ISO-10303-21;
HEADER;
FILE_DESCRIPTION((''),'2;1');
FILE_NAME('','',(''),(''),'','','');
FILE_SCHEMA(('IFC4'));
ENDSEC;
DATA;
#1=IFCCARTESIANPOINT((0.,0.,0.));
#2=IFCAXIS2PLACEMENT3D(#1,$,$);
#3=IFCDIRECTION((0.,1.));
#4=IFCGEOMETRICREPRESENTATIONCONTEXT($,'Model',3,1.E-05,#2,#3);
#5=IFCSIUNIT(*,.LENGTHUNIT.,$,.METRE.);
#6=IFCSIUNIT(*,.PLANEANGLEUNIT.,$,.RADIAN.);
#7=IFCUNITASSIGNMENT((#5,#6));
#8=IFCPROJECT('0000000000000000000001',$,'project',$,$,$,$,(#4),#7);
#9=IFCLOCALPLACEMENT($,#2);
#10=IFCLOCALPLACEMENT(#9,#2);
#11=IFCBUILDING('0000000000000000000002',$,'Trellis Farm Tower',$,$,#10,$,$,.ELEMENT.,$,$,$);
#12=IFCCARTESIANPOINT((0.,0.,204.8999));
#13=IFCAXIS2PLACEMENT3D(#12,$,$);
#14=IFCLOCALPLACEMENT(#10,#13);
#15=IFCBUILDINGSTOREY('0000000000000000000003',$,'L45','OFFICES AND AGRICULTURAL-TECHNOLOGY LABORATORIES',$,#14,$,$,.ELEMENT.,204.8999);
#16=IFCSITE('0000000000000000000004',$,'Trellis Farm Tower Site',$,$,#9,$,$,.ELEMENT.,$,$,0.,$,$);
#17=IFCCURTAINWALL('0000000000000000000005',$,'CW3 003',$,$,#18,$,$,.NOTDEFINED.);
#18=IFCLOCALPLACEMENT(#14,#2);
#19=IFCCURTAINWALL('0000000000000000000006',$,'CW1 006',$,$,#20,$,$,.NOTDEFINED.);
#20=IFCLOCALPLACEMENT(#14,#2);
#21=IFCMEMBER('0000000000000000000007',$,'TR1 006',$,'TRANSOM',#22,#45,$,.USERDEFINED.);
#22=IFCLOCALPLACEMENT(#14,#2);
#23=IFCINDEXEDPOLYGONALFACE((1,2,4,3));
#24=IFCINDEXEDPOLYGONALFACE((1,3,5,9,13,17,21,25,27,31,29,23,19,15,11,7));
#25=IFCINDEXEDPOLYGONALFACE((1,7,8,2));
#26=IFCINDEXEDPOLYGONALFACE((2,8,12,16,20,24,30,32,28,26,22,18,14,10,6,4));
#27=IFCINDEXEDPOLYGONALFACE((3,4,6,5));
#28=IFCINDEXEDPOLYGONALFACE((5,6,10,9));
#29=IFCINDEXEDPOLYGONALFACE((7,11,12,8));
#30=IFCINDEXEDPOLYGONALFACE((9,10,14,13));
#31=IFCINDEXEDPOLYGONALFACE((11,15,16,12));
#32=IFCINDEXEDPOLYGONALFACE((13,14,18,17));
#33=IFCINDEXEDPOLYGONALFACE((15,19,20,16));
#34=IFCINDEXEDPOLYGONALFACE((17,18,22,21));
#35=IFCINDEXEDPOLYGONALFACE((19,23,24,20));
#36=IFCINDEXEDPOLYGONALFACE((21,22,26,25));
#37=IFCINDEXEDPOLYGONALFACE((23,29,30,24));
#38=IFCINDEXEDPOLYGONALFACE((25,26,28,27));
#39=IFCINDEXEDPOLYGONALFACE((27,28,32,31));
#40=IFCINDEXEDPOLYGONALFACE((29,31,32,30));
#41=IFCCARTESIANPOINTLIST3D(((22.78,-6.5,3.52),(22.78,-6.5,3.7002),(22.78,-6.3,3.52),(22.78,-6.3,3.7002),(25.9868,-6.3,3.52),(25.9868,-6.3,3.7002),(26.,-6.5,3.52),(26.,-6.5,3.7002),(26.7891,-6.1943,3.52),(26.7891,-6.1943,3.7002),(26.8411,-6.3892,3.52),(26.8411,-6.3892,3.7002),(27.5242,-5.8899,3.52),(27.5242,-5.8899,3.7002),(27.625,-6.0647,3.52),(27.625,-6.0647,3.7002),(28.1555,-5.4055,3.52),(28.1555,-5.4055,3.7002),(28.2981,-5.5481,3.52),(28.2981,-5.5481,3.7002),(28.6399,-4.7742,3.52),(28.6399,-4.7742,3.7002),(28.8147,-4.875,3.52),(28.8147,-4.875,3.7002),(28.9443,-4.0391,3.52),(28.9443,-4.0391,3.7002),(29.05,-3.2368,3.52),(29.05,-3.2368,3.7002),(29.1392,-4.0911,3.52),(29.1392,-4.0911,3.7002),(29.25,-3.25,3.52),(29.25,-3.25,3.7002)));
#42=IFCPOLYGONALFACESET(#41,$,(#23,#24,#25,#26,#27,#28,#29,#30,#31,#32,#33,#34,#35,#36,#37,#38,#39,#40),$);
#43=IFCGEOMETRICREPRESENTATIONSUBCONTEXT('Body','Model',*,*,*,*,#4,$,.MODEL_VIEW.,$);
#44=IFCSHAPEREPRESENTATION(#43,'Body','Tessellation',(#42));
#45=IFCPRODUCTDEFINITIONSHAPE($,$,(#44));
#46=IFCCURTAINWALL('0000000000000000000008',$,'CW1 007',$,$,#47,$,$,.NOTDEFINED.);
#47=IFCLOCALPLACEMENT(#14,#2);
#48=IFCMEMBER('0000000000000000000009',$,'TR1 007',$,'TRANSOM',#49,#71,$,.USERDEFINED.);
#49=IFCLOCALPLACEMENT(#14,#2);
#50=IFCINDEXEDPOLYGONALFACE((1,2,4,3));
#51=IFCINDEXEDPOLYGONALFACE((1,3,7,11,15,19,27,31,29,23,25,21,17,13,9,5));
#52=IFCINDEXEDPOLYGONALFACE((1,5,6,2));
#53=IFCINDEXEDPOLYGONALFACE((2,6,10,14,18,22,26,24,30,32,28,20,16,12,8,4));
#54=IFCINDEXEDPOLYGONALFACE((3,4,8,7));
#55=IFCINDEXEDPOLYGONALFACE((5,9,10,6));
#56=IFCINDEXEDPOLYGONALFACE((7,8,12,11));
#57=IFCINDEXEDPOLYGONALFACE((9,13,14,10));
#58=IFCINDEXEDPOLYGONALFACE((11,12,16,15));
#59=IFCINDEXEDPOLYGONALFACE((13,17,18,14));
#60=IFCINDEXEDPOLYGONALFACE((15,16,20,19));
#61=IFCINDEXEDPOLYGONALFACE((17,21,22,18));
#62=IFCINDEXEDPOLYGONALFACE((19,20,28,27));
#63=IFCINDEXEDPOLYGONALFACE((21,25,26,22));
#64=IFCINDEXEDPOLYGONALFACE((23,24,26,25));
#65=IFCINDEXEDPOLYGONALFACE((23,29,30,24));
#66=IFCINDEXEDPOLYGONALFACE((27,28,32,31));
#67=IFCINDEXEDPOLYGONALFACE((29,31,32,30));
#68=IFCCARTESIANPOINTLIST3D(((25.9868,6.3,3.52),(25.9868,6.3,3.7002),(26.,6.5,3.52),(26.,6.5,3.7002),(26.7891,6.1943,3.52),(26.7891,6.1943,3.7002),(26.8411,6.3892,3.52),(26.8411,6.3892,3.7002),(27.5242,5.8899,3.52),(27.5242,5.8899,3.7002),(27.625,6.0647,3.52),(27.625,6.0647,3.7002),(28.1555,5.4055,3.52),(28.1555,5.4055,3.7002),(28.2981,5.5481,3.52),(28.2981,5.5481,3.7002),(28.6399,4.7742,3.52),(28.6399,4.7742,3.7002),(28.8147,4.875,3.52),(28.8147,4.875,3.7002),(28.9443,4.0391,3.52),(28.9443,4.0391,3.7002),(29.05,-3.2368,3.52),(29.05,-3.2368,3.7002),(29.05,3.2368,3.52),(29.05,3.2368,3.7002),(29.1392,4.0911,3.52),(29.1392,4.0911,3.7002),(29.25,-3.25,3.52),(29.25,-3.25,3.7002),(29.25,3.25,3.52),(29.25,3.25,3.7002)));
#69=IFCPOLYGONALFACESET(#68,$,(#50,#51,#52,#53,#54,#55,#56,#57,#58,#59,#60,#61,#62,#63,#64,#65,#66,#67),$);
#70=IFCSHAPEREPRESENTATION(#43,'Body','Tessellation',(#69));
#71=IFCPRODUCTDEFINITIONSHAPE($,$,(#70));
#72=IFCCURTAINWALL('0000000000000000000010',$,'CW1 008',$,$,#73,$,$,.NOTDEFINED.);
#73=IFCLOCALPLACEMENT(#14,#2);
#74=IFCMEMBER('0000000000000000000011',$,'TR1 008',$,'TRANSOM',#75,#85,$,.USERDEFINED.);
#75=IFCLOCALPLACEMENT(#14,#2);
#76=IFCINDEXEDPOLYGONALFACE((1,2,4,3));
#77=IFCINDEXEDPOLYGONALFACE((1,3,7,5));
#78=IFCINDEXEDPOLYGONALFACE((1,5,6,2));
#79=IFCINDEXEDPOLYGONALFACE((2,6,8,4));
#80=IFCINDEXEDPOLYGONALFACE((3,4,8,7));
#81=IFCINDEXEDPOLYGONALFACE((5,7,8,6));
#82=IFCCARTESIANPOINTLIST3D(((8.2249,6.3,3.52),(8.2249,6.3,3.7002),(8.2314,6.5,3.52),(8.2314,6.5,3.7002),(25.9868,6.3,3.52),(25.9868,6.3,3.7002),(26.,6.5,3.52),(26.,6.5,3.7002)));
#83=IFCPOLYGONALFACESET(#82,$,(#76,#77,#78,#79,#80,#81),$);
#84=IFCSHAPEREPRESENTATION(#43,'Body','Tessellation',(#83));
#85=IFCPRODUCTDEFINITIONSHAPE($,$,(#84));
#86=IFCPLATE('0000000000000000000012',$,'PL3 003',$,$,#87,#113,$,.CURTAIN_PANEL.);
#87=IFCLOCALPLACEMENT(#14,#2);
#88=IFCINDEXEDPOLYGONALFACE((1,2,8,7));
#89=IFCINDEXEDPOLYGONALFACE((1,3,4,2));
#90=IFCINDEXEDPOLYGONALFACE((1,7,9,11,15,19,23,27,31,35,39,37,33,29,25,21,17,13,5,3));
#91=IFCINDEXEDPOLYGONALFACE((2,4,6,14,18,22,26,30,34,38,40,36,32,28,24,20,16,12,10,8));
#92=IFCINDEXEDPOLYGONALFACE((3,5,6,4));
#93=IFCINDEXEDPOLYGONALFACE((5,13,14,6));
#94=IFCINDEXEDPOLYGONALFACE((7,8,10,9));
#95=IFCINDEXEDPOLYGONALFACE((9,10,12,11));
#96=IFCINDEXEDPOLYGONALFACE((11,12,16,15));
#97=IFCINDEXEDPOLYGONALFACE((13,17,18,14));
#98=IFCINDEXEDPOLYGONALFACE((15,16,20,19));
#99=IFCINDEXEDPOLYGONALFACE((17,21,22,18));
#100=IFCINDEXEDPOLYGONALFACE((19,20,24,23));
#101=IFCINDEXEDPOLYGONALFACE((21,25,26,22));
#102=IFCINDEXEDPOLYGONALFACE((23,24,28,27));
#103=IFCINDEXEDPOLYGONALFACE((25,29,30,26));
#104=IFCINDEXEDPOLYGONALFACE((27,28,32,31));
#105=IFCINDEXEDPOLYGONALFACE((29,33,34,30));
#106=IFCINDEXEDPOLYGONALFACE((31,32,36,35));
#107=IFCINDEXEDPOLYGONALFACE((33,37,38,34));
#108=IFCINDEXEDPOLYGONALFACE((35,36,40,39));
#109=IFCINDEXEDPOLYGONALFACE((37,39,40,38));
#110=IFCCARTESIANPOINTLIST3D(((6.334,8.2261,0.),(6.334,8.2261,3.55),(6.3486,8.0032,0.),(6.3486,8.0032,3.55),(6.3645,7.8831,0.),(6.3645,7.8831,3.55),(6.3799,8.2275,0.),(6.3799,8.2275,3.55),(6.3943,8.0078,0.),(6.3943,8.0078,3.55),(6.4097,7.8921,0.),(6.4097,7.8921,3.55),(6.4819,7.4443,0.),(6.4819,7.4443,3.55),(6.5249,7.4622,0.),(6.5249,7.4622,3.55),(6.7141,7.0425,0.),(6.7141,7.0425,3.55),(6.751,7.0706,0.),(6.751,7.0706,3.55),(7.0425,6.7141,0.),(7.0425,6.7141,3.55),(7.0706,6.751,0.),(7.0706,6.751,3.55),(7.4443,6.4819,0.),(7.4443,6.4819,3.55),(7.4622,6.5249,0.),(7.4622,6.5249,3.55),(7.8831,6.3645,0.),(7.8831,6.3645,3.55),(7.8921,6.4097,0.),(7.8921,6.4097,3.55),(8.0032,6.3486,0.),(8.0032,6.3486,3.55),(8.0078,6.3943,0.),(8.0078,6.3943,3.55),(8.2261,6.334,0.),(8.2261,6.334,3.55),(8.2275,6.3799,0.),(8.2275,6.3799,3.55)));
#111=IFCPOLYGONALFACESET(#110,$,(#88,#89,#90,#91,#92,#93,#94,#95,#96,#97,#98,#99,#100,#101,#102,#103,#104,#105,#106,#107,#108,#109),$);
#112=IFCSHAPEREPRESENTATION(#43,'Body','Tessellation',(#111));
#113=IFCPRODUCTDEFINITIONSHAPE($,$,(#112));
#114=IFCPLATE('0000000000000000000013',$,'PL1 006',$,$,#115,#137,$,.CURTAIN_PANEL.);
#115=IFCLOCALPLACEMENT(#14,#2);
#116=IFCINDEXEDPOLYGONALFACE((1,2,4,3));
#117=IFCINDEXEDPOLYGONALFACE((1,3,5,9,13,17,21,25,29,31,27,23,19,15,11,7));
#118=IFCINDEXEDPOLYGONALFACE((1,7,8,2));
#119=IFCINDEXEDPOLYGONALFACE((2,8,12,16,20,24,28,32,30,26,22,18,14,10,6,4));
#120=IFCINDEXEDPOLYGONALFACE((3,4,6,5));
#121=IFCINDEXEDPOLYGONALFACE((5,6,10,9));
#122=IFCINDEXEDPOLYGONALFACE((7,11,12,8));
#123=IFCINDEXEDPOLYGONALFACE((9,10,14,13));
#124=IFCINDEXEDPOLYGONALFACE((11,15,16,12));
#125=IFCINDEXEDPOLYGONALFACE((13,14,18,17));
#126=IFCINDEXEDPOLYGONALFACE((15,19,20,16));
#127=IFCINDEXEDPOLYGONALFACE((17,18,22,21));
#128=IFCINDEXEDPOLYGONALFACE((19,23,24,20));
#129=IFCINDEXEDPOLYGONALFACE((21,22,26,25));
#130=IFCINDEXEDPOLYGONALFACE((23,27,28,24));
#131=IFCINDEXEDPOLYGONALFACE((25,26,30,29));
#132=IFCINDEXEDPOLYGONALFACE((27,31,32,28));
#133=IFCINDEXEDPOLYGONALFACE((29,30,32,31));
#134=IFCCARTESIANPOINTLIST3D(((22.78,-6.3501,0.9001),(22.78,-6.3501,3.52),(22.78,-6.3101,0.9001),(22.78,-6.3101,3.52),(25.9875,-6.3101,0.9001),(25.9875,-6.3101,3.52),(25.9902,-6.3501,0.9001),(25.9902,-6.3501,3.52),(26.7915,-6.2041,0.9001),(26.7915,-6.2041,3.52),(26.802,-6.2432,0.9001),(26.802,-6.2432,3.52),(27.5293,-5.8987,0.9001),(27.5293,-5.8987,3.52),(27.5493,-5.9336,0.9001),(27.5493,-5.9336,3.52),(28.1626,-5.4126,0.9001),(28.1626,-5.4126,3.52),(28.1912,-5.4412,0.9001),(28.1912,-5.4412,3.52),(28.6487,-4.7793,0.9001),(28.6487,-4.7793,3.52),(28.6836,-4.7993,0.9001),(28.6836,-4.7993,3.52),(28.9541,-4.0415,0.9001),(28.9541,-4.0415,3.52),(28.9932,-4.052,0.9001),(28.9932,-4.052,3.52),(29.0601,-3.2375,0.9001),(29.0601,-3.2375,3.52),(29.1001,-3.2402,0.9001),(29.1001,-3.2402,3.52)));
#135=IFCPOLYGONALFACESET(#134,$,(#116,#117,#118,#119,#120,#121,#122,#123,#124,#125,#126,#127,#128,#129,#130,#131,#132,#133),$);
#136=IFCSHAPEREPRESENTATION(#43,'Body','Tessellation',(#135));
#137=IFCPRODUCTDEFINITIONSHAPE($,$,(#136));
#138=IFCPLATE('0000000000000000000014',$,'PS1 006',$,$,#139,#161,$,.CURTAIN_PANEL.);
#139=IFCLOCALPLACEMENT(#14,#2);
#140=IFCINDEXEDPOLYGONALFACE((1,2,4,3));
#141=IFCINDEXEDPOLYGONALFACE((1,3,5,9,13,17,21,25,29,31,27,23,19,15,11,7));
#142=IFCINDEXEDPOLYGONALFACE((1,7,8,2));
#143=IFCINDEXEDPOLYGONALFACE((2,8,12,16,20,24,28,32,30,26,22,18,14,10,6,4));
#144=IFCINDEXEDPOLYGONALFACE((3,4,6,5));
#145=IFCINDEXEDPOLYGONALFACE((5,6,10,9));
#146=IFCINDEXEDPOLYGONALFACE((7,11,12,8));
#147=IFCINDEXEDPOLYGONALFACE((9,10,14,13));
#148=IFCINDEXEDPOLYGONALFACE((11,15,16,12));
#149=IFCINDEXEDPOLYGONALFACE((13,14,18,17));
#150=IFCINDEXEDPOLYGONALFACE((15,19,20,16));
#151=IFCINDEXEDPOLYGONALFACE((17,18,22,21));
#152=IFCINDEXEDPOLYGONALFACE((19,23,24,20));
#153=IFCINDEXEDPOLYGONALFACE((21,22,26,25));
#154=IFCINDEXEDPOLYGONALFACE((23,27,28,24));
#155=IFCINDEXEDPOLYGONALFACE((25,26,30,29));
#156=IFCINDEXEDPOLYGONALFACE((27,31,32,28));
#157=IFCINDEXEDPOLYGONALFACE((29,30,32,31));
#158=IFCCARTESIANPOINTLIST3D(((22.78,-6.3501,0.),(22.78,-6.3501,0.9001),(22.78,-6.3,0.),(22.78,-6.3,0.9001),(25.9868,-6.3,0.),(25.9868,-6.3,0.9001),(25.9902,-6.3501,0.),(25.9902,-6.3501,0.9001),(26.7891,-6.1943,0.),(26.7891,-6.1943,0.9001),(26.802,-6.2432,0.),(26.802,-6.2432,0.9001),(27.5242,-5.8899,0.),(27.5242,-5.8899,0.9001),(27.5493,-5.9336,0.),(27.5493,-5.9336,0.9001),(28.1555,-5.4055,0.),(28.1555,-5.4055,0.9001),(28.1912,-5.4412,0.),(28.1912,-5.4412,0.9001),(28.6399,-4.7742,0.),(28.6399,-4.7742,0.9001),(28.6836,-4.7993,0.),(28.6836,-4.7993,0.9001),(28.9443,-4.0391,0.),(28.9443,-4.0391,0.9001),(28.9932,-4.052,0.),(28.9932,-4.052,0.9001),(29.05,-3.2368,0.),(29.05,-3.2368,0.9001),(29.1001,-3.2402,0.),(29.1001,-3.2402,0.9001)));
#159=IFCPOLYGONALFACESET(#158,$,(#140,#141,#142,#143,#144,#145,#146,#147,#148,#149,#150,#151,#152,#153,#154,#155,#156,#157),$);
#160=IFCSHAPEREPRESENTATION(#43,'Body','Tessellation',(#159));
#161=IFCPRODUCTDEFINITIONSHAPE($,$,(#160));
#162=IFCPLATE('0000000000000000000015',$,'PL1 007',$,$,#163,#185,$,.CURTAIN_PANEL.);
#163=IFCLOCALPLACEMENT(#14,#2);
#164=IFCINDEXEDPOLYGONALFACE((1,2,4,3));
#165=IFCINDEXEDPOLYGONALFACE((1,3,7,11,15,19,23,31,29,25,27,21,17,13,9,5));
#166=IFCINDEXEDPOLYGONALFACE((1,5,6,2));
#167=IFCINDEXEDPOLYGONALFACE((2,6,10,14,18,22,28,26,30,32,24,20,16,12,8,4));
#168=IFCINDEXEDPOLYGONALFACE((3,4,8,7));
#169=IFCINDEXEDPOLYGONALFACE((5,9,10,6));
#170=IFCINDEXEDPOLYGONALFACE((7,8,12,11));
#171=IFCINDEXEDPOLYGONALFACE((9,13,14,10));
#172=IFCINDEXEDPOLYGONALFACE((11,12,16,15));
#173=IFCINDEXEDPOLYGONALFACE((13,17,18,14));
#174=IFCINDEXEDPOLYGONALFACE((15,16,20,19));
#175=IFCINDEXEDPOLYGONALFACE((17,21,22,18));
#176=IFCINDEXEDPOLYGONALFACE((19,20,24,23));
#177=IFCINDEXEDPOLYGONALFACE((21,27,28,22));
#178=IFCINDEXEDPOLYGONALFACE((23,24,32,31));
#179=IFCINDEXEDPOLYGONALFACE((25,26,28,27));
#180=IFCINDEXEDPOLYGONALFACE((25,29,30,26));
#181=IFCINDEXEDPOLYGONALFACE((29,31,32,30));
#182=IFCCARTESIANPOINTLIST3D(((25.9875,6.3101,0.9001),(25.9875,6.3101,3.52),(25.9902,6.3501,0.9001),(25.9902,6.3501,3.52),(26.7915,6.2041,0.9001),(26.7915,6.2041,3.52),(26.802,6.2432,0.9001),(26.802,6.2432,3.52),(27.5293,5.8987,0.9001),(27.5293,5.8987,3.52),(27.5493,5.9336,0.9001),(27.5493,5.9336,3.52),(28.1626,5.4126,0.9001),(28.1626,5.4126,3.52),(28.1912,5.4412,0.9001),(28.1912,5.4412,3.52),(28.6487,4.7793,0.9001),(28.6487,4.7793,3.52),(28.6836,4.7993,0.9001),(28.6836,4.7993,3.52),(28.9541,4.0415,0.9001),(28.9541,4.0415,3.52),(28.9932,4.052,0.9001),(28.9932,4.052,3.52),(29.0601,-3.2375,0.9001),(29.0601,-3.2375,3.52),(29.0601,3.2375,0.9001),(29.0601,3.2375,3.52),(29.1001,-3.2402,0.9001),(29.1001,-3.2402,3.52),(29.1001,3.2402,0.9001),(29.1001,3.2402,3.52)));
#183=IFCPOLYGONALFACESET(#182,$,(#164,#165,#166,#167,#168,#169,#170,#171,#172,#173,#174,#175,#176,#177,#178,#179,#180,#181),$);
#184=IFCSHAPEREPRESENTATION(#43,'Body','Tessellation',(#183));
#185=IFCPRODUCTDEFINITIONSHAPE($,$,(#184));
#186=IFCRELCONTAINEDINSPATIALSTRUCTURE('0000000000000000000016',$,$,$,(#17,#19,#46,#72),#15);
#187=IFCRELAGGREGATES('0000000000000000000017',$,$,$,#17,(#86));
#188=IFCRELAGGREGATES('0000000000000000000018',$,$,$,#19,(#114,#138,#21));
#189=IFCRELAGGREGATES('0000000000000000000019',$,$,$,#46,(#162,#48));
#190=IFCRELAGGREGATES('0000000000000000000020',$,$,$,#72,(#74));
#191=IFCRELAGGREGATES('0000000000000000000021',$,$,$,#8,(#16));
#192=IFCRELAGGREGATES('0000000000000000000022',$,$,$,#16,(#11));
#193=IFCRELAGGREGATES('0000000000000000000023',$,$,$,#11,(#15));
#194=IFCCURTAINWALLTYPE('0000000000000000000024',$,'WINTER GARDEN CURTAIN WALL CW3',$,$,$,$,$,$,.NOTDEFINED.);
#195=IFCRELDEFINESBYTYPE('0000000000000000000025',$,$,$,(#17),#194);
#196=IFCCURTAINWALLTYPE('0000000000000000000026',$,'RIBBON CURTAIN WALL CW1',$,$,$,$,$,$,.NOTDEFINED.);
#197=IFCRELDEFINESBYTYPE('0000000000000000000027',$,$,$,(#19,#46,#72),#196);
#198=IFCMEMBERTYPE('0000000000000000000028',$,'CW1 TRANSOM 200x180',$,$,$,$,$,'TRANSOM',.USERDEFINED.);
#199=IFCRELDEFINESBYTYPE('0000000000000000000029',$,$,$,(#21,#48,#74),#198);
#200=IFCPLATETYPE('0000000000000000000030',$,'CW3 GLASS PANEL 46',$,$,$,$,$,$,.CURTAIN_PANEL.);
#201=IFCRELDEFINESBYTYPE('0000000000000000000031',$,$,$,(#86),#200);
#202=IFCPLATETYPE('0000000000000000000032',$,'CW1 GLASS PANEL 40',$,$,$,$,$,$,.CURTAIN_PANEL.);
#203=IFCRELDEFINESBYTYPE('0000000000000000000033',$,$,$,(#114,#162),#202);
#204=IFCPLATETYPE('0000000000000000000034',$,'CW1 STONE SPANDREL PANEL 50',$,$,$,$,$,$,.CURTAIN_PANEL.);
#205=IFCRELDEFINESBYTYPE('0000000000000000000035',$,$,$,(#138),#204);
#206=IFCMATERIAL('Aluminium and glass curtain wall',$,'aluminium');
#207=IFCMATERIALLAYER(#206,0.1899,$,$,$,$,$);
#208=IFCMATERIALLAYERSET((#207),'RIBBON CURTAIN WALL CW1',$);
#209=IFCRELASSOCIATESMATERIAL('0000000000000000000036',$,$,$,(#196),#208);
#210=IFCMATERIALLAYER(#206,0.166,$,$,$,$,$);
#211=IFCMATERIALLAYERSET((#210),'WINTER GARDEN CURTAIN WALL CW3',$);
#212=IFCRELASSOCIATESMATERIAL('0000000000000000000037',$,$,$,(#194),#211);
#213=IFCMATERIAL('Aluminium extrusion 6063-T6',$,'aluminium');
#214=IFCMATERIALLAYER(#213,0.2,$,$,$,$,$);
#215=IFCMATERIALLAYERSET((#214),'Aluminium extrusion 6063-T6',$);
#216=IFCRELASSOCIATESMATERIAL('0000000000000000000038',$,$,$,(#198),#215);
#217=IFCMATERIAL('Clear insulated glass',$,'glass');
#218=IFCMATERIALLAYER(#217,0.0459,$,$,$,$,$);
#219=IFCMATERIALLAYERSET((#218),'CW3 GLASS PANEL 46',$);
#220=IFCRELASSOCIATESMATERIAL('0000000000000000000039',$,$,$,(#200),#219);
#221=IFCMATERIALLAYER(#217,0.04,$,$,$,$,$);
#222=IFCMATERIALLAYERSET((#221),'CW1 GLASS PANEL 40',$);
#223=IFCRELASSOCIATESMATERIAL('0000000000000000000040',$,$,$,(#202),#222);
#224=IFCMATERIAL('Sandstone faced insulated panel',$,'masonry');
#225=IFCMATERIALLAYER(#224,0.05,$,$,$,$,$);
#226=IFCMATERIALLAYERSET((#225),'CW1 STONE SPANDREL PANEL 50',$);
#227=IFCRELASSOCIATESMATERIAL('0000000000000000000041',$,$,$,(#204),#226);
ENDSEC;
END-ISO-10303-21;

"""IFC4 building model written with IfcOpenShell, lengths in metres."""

from ifc_helpers import new_model, si_unit, direction, frame, origin, place, context, subcontext, project, spatial, polyline, outline, extrude, source, transform, mapped, material, layer, layer_set, type_object, element, aggregate, save


model = new_model("IFC4")

# Units and contexts
model_context = context("Model", 3, precision=1e-05, world=origin(), true_north=direction((0.0, 1.0)))
body_context = subcontext(model_context, "Body", "Model", "MODEL_VIEW")
ifc_project = project(units=[si_unit("LENGTHUNIT", "METRE"), si_unit("PLANEANGLEUNIT", "RADIAN")], contexts=[model_context])

# Site, building, storey
site_placement = place(None, origin())
site = spatial("IfcSite", under=ifc_project, at=site_placement, Name="Trellis Farm Tower Site", CompositionType="ELEMENT", RefElevation=0.0)
building_placement = place(site_placement, origin())
building = spatial("IfcBuilding", under=site, at=building_placement, Name="Trellis Farm Tower", CompositionType="ELEMENT")
storey_placement = place(building_placement, frame((0.0, 0.0, 204.8999)))
storey = spatial("IfcBuildingStorey", under=building, at=storey_placement, Name="L45", Description="OFFICES AND AGRICULTURAL-TECHNOLOGY LABORATORIES", CompositionType="ELEMENT", Elevation=204.8999)

# Curtain walls, members
ifc_material_1 = material(Name="Aluminium and glass curtain wall", Category="aluminium")
ifc_layer_1 = layer(ifc_material_1, 0.1899)
ifc_layer_set_1 = layer_set([ifc_layer_1], Name="RIBBON CURTAIN WALL CW1")
curtain_wall_type_1 = type_object("IfcCurtainWallType", Name="RIBBON CURTAIN WALL CW1", PredefinedType="NOTDEFINED", material=ifc_layer_set_1)
placement_1 = place(storey_placement, origin())
ifc_material_2 = material(Name="Aluminium extrusion 6063-T6", Category="aluminium")
ifc_layer_2 = layer(ifc_material_1, 0.166)
ifc_layer_set_2 = layer_set([ifc_layer_2], Name="WINTER GARDEN CURTAIN WALL CW3")
curtain_wall_type_2 = type_object("IfcCurtainWallType", Name="WINTER GARDEN CURTAIN WALL CW3", PredefinedType="NOTDEFINED", material=ifc_layer_set_2)
curtain_wall_1 = element("IfcCurtainWall", 1, at=placement_1, inside=storey, type_object=curtain_wall_type_2, Name="CW3 003", PredefinedType="NOTDEFINED")
curtain_wall_2 = element("IfcCurtainWall", 2, at=placement_1, inside=storey, type_object=curtain_wall_type_1, Name="CW1 006", PredefinedType="NOTDEFINED")
ifc_layer_3 = layer(ifc_material_2, 0.2)
ifc_layer_set_3 = layer_set([ifc_layer_3], Name="Aluminium extrusion 6063-T6")
member_type_1 = type_object("IfcMemberType", Name="CW1 TRANSOM 200x180", ElementType="TRANSOM", PredefinedType="USERDEFINED", material=ifc_layer_set_3)
shared_shape_1 = source(origin(), body_context, "Body", "SweptSolid", [
    extrude(outline(polyline([(22.78, -6.5), (26.0, -6.5), (26.8411, -6.3892), (27.625, -6.0647), (28.2981, -5.5481), (28.8147, -4.875), (29.1392, -4.0911), (29.25, -3.25), (29.05, -3.2368), (28.9443, -4.0391), (28.6399, -4.7742), (28.1555, -5.4055), (27.5242, -5.8899), (26.7891, -6.1943), (25.9868, -6.3), (22.78, -6.3), (22.78, -6.5)])), origin(), (0.0, 0.0, 1.0), 0.1802),
])
placement_2 = place(storey_placement, frame((0.0, 0.0, 3.52)))
member_1 = element("IfcMember", 3, at=placement_2, type_object=member_type_1, Name="TR1 006", ObjectType="TRANSOM", PredefinedType="USERDEFINED", context=body_context, shape_type="MappedRepresentation", body=[
    mapped(shared_shape_1, transform((0.0, 0.0, 0.0))),
])
curtain_wall_3 = element("IfcCurtainWall", 4, at=placement_1, inside=storey, type_object=curtain_wall_type_1, Name="CW1 007", PredefinedType="NOTDEFINED")
shared_shape_2 = source(origin(), body_context, "Body", "SweptSolid", [
    extrude(outline(polyline([(29.25, -3.25), (29.25, 3.25), (29.1392, 4.0911), (28.8147, 4.875), (28.2981, 5.5481), (27.625, 6.0647), (26.8411, 6.3892), (26.0, 6.5), (25.9868, 6.3), (26.7891, 6.1943), (27.5242, 5.8899), (28.1555, 5.4055), (28.6399, 4.7742), (28.9443, 4.0391), (29.05, 3.2368), (29.05, -3.2368), (29.25, -3.25)])), origin(), (0.0, 0.0, 1.0), 0.1802),
])
member_2 = element("IfcMember", 5, at=placement_2, type_object=member_type_1, Name="TR1 007", ObjectType="TRANSOM", PredefinedType="USERDEFINED", context=body_context, shape_type="MappedRepresentation", body=[
    mapped(shared_shape_2, transform((0.0, 0.0, 0.0))),
])
curtain_wall_4 = element("IfcCurtainWall", 6, at=placement_1, inside=storey, type_object=curtain_wall_type_1, Name="CW1 008", PredefinedType="NOTDEFINED")
shared_shape_3 = source(origin(), body_context, "Body", "SweptSolid", [
    extrude(outline(polyline([(26.0, 6.5), (8.2314, 6.5), (8.2249, 6.3), (25.9868, 6.3), (26.0, 6.5)])), origin(), (0.0, 0.0, 1.0), 0.1802),
])
member_3 = element("IfcMember", 7, at=placement_2, type_object=member_type_1, Name="TR1 008", ObjectType="TRANSOM", PredefinedType="USERDEFINED", context=body_context, shape_type="MappedRepresentation", body=[
    mapped(shared_shape_3, transform((0.0, 0.0, 0.0))),
])

# Plates
ifc_material_3 = material(Name="Clear insulated glass", Category="glass")
ifc_layer_4 = layer(ifc_material_3, 0.0459)
ifc_layer_set_4 = layer_set([ifc_layer_4], Name="CW3 GLASS PANEL 46")
plate_type_1 = type_object("IfcPlateType", Name="CW3 GLASS PANEL 46", PredefinedType="CURTAIN_PANEL", material=ifc_layer_set_4)
shared_shape_4 = source(origin(), body_context, "Body", "SweptSolid", [
    extrude(outline(polyline([(8.2275, 6.3799), (8.0078, 6.3943), (7.8921, 6.4097), (7.4622, 6.5249), (7.0706, 6.751), (6.751, 7.0706), (6.5249, 7.4622), (6.4097, 7.8921), (6.3943, 8.0078), (6.3799, 8.2275), (6.334, 8.2261), (6.3486, 8.0032), (6.3645, 7.8831), (6.4819, 7.4443), (6.7141, 7.0425), (7.0425, 6.7141), (7.4443, 6.4819), (7.8831, 6.3645), (8.0032, 6.3486), (8.2261, 6.334), (8.2275, 6.3799)])), origin(), (0.0, 0.0, 1.0), 3.55),
])
plate_1 = element("IfcPlate", 8, at=placement_1, type_object=plate_type_1, Name="PL3 003", PredefinedType="CURTAIN_PANEL", context=body_context, shape_type="MappedRepresentation", body=[
    mapped(shared_shape_4, transform((0.0, 0.0, 0.0))),
])
aggregate(curtain_wall_1, [plate_1])
ifc_layer_5 = layer(ifc_material_3, 0.04)
ifc_layer_set_5 = layer_set([ifc_layer_5], Name="CW1 GLASS PANEL 40")
plate_type_2 = type_object("IfcPlateType", Name="CW1 GLASS PANEL 40", PredefinedType="CURTAIN_PANEL", material=ifc_layer_set_5)
shared_shape_5 = source(origin(), body_context, "Body", "SweptSolid", [
    extrude(outline(polyline([(22.78, -6.3501), (25.9902, -6.3501), (26.802, -6.2432), (27.5493, -5.9336), (28.1912, -5.4412), (28.6836, -4.7993), (28.9932, -4.052), (29.1001, -3.2402), (29.0601, -3.2375), (28.9541, -4.0415), (28.6487, -4.7793), (28.1626, -5.4126), (27.5293, -5.8987), (26.7915, -6.2041), (25.9875, -6.3101), (22.78, -6.3101), (22.78, -6.3501)])), origin(), (0.0, 0.0, 1.0), 2.6199),
])
placement_3 = place(storey_placement, frame((0.0, 0.0, 0.9001)))
plate_2 = element("IfcPlate", 9, at=placement_3, type_object=plate_type_2, Name="PL1 006", PredefinedType="CURTAIN_PANEL", context=body_context, shape_type="MappedRepresentation", body=[
    mapped(shared_shape_5, transform((0.0, 0.0, 0.0))),
])
ifc_material_4 = material(Name="Sandstone faced insulated panel", Category="masonry")
ifc_layer_6 = layer(ifc_material_4, 0.05)
ifc_layer_set_6 = layer_set([ifc_layer_6], Name="CW1 STONE SPANDREL PANEL 50")
plate_type_3 = type_object("IfcPlateType", Name="CW1 STONE SPANDREL PANEL 50", PredefinedType="CURTAIN_PANEL", material=ifc_layer_set_6)
shared_shape_6 = source(origin(), body_context, "Body", "SweptSolid", [
    extrude(outline(polyline([(22.78, -6.3501), (25.9902, -6.3501), (26.802, -6.2432), (27.5493, -5.9336), (28.1912, -5.4412), (28.6836, -4.7993), (28.9932, -4.052), (29.1001, -3.2402), (29.05, -3.2368), (28.9443, -4.0391), (28.6399, -4.7742), (28.1555, -5.4055), (27.5242, -5.8899), (26.7891, -6.1943), (25.9868, -6.3), (22.78, -6.3), (22.78, -6.3501)])), origin(), (0.0, 0.0, 1.0), 0.9001),
])
plate_3 = element("IfcPlate", 10, at=placement_1, type_object=plate_type_3, Name="PS1 006", PredefinedType="CURTAIN_PANEL", context=body_context, shape_type="MappedRepresentation", body=[
    mapped(shared_shape_6, transform((0.0, 0.0, 0.0))),
])
aggregate(curtain_wall_2, [plate_2, plate_3, member_1])
shared_shape_7 = source(origin(), body_context, "Body", "SweptSolid", [
    extrude(outline(polyline([(29.1001, -3.2402), (29.1001, 3.2402), (28.9932, 4.052), (28.6836, 4.7993), (28.1912, 5.4412), (27.5493, 5.9336), (26.802, 6.2432), (25.9902, 6.3501), (25.9875, 6.3101), (26.7915, 6.2041), (27.5293, 5.8987), (28.1626, 5.4126), (28.6487, 4.7793), (28.9541, 4.0415), (29.0601, 3.2375), (29.0601, -3.2375), (29.1001, -3.2402)])), origin(), (0.0, 0.0, 1.0), 2.6199),
])
plate_4 = element("IfcPlate", 11, at=placement_3, type_object=plate_type_2, Name="PL1 007", PredefinedType="CURTAIN_PANEL", context=body_context, shape_type="MappedRepresentation", body=[
    mapped(shared_shape_7, transform((0.0, 0.0, 0.0))),
])
aggregate(curtain_wall_3, [plate_4, member_2])
aggregate(curtain_wall_4, [member_3])

save(model, "model.ifc")
